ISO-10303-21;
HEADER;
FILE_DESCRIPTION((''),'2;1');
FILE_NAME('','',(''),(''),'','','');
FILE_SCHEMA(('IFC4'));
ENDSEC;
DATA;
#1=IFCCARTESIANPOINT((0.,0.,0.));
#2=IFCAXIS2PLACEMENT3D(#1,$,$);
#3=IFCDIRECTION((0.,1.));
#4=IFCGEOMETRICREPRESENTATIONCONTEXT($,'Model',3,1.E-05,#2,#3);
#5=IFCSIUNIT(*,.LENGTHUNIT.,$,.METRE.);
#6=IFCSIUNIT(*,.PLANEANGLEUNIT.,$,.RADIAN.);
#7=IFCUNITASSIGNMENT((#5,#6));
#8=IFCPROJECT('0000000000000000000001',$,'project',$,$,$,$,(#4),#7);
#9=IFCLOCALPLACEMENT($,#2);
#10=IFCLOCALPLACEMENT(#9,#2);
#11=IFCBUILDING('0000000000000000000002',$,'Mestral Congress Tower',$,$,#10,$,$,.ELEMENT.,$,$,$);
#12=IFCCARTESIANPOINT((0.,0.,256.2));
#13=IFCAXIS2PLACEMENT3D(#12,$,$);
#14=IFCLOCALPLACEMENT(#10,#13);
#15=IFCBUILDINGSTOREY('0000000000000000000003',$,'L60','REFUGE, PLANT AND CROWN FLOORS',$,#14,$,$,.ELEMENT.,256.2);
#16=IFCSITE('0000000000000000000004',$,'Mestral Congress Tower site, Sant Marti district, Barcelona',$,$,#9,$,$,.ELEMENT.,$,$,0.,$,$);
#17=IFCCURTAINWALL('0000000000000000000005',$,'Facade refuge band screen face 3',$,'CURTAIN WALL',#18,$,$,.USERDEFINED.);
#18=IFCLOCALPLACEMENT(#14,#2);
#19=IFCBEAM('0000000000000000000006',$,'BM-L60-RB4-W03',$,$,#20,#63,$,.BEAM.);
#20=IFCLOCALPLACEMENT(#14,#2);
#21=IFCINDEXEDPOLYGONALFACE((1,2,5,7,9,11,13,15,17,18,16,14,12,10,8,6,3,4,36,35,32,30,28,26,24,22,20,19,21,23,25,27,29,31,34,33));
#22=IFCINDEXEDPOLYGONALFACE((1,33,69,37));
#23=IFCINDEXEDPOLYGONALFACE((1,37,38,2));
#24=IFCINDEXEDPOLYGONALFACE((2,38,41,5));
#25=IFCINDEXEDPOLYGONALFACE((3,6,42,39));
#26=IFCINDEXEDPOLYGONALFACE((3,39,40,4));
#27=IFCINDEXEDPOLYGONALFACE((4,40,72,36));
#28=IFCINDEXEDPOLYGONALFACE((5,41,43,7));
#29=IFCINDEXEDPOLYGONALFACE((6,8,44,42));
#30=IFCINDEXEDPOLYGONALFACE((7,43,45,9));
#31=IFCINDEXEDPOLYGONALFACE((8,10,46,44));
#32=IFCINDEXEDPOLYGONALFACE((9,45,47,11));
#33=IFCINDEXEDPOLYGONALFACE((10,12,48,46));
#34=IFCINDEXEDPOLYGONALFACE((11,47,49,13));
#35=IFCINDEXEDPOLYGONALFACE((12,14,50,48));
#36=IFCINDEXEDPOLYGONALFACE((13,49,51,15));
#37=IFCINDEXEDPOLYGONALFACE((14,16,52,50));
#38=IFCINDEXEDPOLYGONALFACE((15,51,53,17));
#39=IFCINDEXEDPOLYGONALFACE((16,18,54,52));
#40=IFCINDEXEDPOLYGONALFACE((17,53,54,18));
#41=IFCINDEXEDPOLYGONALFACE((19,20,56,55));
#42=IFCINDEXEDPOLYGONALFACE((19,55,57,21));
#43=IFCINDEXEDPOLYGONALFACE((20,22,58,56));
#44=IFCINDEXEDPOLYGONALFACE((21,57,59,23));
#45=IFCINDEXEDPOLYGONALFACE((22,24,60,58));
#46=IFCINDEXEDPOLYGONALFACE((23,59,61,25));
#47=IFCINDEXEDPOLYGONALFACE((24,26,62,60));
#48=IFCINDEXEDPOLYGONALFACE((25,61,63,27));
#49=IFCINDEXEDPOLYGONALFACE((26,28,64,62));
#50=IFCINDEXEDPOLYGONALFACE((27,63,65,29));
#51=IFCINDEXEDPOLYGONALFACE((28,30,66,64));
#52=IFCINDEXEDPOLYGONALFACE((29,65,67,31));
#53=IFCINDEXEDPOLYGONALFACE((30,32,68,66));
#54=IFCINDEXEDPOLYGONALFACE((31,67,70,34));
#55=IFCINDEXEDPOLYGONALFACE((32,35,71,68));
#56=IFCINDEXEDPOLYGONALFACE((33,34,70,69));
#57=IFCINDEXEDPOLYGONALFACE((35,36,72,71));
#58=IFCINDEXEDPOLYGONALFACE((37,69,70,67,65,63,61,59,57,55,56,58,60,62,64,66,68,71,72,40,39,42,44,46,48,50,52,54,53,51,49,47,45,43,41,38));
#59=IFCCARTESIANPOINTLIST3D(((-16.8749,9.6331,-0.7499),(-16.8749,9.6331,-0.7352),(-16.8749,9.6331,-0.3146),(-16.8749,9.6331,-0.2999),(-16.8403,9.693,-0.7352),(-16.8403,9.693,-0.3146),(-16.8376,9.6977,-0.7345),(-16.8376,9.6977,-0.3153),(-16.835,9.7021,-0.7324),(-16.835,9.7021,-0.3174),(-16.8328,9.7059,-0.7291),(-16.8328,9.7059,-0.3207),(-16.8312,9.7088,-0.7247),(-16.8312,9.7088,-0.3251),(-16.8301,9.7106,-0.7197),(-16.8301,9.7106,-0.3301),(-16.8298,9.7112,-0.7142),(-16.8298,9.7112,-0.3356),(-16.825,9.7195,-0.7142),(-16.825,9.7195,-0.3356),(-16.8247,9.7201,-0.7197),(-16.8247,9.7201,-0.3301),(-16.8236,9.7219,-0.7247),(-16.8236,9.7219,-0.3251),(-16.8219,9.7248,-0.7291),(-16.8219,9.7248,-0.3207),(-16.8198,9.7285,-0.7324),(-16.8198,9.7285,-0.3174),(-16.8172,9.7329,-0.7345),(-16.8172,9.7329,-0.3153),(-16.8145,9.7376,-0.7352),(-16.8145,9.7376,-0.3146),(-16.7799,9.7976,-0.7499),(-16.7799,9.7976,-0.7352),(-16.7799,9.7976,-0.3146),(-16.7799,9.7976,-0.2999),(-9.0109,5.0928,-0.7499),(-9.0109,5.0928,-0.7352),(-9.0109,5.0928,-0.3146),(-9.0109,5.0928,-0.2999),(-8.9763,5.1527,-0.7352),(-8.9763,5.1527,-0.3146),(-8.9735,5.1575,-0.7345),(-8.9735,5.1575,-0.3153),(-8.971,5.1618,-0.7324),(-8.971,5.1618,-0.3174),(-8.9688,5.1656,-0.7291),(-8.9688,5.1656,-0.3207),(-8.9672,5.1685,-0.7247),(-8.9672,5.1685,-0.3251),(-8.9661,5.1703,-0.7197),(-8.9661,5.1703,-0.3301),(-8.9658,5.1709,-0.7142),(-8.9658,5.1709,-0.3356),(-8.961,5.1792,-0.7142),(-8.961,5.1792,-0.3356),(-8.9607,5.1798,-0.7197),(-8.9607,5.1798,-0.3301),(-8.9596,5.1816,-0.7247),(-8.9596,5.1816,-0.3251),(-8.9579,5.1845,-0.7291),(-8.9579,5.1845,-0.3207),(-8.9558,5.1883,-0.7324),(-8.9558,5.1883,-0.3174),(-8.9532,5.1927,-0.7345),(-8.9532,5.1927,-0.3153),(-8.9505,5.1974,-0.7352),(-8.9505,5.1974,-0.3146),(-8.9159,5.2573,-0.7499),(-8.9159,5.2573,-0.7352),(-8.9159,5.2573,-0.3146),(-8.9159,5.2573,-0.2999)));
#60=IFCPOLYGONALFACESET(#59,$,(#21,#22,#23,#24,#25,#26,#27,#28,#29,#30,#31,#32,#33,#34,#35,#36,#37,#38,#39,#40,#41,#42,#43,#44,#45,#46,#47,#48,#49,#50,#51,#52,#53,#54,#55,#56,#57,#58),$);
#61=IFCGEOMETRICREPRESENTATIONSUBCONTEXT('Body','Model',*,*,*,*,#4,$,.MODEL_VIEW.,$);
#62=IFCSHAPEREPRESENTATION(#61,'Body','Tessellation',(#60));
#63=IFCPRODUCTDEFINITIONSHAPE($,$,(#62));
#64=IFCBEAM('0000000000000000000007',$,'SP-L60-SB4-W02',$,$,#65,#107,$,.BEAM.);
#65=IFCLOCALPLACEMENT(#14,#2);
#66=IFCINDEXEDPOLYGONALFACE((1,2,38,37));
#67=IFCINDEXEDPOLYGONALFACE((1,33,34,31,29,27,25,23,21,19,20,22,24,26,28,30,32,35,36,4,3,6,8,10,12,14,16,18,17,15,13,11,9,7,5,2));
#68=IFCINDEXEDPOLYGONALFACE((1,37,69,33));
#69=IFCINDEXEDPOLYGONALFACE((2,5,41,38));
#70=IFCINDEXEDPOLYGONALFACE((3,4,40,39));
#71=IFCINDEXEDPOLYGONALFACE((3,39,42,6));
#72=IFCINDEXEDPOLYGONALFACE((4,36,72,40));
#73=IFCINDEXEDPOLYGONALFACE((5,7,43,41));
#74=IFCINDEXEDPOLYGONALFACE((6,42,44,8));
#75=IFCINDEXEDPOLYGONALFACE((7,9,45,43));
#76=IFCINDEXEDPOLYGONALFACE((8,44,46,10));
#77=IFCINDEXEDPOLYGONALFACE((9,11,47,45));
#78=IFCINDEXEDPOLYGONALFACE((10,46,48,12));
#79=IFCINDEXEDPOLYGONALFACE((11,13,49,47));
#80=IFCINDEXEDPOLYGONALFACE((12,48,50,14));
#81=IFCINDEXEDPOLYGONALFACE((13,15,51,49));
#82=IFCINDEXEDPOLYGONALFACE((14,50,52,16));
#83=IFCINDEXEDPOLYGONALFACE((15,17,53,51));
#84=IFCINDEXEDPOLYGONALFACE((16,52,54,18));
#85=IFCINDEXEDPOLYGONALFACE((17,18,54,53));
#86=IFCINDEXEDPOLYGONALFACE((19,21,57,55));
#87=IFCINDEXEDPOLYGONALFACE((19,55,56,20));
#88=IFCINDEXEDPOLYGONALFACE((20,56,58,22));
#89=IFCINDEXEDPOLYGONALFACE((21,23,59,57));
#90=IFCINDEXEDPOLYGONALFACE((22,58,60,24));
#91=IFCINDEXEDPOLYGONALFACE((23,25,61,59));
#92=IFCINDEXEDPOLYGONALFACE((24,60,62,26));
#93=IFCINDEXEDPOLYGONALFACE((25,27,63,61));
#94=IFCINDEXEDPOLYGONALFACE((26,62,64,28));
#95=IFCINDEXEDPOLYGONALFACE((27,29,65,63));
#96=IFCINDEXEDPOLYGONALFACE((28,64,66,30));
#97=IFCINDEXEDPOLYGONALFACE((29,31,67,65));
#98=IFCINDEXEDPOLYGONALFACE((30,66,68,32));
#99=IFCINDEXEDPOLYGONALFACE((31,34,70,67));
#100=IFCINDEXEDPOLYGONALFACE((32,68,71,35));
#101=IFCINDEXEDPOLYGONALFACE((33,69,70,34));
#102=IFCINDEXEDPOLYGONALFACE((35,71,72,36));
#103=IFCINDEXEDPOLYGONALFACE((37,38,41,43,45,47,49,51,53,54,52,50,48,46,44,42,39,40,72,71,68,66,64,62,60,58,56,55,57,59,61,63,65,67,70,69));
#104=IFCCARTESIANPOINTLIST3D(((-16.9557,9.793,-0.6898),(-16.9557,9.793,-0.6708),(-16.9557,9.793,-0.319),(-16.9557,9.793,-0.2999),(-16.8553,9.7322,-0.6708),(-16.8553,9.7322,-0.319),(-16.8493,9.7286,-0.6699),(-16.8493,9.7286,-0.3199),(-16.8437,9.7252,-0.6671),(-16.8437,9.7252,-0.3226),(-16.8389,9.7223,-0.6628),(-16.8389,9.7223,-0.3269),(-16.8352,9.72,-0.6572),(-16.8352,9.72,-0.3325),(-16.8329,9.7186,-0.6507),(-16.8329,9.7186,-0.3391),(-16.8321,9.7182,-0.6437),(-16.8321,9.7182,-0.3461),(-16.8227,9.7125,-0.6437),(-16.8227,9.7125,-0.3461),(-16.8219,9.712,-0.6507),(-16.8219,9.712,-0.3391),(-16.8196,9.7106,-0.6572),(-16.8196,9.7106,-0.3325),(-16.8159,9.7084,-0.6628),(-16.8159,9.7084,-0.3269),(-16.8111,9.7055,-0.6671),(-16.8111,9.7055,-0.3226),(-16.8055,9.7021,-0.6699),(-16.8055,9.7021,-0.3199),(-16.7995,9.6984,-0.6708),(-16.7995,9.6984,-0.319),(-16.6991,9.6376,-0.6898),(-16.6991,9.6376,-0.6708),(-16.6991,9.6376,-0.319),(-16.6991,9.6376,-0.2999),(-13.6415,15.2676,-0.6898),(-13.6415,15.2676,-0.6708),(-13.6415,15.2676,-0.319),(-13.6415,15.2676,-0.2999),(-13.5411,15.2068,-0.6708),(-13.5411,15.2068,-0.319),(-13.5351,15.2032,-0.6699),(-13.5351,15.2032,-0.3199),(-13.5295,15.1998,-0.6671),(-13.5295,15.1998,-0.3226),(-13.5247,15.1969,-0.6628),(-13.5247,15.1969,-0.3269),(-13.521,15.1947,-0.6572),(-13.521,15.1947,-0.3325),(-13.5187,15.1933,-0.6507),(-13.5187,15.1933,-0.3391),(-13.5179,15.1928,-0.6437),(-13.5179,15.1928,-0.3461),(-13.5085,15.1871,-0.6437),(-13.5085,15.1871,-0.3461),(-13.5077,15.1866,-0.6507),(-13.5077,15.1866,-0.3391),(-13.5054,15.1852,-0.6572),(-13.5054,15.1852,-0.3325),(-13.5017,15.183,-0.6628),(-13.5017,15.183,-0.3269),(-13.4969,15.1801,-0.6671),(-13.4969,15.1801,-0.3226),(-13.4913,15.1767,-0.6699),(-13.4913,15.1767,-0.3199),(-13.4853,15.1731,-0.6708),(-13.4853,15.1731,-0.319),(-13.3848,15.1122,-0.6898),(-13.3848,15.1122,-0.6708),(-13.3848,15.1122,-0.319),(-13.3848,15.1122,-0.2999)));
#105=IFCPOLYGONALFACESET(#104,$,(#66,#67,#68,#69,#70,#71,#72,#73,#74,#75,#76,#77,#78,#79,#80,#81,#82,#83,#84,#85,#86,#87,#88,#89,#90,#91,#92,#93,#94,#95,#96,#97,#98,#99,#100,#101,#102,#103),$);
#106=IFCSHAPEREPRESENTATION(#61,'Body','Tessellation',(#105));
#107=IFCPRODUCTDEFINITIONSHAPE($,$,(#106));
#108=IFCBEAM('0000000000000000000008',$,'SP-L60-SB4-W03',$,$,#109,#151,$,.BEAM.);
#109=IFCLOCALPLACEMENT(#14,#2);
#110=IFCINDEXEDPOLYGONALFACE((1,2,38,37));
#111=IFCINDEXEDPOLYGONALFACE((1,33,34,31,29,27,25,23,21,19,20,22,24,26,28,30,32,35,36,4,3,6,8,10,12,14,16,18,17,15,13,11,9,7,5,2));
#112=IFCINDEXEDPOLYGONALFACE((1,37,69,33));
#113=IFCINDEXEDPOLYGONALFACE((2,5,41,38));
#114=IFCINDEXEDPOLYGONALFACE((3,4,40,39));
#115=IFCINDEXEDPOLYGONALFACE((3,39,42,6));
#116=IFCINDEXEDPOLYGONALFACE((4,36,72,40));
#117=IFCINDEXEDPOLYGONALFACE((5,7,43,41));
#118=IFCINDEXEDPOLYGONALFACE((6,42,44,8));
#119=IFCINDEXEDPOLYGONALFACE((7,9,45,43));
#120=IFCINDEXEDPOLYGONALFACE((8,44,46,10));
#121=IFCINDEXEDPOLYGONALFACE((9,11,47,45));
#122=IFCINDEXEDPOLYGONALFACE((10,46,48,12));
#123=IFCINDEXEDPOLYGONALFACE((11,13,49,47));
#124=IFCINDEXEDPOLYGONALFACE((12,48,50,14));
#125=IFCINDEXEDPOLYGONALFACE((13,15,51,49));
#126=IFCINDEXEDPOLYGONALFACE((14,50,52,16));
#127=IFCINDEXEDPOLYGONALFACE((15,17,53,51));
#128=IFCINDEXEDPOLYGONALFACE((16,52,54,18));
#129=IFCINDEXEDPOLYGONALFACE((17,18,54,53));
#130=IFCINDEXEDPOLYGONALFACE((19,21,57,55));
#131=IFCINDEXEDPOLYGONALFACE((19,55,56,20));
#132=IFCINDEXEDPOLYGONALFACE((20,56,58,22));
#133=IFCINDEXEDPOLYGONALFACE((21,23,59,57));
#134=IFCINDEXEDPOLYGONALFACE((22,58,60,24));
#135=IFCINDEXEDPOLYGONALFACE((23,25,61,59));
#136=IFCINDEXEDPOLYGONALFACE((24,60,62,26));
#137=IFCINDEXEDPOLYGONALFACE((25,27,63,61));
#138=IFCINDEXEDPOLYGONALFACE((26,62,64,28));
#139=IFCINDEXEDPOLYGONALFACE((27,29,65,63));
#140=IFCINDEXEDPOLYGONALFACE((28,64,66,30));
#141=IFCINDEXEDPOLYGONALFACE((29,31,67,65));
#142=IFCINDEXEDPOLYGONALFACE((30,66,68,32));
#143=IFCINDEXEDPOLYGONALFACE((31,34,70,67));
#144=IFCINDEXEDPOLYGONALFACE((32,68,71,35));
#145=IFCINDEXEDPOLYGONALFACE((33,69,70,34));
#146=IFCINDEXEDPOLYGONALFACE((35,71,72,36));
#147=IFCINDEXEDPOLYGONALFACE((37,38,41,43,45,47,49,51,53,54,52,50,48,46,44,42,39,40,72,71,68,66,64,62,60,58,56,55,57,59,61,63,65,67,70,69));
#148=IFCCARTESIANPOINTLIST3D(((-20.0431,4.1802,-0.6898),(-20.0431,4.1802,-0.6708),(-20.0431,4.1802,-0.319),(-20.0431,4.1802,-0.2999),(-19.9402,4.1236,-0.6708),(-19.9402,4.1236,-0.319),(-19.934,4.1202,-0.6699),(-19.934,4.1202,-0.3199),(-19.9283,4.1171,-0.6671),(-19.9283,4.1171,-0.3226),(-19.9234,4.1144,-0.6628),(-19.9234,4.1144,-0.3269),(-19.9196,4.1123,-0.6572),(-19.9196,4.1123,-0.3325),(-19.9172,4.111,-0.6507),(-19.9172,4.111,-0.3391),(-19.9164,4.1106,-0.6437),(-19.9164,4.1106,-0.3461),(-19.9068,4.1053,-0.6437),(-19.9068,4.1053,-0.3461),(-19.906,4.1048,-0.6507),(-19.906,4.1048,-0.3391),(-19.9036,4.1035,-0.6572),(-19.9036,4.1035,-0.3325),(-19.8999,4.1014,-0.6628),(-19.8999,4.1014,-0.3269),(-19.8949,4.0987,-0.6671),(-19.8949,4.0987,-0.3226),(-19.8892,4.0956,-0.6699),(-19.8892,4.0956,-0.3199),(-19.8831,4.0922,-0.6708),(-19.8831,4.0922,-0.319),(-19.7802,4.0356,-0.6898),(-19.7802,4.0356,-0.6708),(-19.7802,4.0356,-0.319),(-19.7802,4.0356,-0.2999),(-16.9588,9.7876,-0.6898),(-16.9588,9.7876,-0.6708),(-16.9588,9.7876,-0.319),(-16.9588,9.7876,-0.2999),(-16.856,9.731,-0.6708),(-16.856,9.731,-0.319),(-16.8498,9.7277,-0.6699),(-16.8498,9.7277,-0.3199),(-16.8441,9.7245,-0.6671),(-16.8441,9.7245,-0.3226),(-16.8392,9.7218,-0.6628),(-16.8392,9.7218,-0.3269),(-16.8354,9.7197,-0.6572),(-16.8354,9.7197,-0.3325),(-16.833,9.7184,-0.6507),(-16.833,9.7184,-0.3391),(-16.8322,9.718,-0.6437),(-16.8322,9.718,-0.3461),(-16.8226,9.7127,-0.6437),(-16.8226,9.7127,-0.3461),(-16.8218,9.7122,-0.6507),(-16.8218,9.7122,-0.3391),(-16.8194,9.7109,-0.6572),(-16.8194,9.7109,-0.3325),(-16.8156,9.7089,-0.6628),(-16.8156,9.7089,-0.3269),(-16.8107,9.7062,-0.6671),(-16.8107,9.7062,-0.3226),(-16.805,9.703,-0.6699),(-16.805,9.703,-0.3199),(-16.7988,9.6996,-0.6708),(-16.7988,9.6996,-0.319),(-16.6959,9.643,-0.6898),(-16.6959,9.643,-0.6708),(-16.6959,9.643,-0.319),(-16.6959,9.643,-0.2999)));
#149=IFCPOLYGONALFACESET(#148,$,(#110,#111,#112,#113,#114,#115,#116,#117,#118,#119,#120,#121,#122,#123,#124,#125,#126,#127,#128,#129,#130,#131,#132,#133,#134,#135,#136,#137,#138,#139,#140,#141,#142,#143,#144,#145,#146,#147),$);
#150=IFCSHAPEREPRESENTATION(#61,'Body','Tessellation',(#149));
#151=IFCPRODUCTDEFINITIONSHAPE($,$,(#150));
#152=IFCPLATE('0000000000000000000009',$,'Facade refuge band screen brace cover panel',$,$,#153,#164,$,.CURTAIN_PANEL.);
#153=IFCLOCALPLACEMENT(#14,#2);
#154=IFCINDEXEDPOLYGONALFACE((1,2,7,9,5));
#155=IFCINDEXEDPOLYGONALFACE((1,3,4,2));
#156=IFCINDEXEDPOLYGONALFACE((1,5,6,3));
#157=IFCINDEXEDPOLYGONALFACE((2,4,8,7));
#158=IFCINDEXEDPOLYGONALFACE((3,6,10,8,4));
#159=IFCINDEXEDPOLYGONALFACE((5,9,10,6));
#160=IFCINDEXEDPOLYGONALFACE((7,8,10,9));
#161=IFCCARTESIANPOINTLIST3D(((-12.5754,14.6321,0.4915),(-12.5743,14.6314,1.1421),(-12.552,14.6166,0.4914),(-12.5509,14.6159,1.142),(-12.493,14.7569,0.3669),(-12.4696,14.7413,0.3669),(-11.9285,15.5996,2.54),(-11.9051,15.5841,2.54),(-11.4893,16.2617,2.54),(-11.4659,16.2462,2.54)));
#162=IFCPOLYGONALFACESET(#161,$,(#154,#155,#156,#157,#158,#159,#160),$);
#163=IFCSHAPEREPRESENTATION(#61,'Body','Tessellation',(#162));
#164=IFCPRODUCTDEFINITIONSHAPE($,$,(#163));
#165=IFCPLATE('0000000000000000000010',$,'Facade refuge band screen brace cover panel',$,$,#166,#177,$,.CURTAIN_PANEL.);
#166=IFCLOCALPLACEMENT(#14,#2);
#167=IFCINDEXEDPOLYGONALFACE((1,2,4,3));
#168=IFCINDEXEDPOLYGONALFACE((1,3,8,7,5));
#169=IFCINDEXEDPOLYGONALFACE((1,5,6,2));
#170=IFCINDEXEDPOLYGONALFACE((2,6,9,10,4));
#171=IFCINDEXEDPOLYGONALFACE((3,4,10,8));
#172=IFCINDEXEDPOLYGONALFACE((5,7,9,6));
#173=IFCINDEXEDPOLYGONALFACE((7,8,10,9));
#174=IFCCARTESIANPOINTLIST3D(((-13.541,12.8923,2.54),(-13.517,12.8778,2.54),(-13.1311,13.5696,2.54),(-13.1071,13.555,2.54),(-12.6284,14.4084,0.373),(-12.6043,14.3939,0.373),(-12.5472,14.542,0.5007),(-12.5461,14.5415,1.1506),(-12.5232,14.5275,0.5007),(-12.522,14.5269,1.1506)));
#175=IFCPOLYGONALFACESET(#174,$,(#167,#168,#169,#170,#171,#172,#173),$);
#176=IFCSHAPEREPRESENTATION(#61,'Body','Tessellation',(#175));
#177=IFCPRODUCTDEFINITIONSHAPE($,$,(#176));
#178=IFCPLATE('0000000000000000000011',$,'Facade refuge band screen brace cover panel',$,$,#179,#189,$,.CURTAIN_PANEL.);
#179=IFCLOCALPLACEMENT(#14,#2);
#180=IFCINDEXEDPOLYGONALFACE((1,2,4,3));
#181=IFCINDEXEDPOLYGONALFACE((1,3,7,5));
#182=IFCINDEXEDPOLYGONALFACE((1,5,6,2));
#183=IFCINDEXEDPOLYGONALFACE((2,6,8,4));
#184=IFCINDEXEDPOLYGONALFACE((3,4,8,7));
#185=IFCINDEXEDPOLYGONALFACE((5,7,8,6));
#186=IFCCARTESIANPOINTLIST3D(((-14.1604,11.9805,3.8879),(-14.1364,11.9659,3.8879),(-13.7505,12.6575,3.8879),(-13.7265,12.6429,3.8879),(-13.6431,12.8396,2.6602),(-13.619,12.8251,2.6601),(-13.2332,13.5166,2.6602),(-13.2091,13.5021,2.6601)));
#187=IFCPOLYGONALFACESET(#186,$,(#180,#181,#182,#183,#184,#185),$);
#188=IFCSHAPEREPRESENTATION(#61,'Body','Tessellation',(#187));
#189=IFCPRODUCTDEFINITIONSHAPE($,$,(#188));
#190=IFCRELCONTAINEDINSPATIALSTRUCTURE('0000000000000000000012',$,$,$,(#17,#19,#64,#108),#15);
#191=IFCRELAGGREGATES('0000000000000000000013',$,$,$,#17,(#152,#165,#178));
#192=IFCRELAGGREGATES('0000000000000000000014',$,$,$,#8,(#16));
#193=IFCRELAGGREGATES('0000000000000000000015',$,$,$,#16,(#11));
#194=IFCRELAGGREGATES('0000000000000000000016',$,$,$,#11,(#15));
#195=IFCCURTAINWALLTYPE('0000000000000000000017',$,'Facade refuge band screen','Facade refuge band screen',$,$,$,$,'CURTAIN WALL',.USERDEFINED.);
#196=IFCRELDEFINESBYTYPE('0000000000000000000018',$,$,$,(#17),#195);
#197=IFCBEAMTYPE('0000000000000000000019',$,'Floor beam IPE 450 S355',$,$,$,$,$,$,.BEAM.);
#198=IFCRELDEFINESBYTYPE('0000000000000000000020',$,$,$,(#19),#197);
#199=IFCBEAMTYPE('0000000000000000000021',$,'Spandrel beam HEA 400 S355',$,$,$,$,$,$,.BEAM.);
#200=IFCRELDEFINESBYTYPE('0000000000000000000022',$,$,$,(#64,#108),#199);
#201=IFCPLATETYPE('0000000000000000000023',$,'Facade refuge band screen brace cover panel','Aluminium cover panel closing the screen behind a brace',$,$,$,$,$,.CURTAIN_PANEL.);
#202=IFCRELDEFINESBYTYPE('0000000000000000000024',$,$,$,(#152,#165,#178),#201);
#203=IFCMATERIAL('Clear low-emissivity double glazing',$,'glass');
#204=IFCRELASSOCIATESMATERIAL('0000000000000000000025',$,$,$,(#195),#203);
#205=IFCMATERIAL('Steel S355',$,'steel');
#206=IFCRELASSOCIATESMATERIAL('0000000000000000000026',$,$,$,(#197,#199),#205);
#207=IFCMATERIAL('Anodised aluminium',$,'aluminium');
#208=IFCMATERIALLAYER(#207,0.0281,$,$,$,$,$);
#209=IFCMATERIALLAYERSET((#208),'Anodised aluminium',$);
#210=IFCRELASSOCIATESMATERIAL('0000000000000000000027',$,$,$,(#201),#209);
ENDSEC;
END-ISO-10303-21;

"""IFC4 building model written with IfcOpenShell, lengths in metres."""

from ifc_helpers import new_model, si_unit, direction, frame, origin, origin_2d, place, context, subcontext, project, spatial, polyline, i_section, outline, extrude, material, layer, layer_set, material_profile, profile_set, type_object, element, aggregate, save


model = new_model("IFC4")

# Units and contexts
model_context = context("Model", 3, precision=1e-05, world=origin(), true_north=direction((0.0, 1.0)))
body_context = subcontext(model_context, "Body", "Model", "MODEL_VIEW")
ifc_project = project(units=[si_unit("LENGTHUNIT", "METRE"), si_unit("PLANEANGLEUNIT", "RADIAN")], contexts=[model_context])

# Site, building, storey
site_placement = place(None, origin())
site = spatial("IfcSite", under=ifc_project, at=site_placement, Name="Mestral Congress Tower site, Sant Marti district, Barcelona", CompositionType="ELEMENT", RefElevation=0.0)
building_placement = place(site_placement, origin())
building = spatial("IfcBuilding", under=site, at=building_placement, Name="Mestral Congress Tower", CompositionType="ELEMENT")
storey_placement = place(building_placement, frame((0.0, 0.0, 256.2)))
storey = spatial("IfcBuildingStorey", under=building, at=storey_placement, Name="L60", Description="REFUGE, PLANT AND CROWN FLOORS", CompositionType="ELEMENT", Elevation=256.2)

# Shared definitions
ifc_material_1 = material(Name="Steel S355", Category="steel")

# Curtain wall
ifc_material_2 = material(Name="Clear low-emissivity double glazing", Category="glass")
curtain_wall_type = type_object("IfcCurtainWallType", Name="Facade refuge band screen", Description="Facade refuge band screen", ElementType="CURTAIN WALL", PredefinedType="USERDEFINED", material=ifc_material_2)
curtain_wall_placement = place(storey_placement, origin())
curtain_wall = element("IfcCurtainWall", 1, at=curtain_wall_placement, inside=storey, type_object=curtain_wall_type, Name="Facade refuge band screen face 3", ObjectType="CURTAIN WALL", PredefinedType="USERDEFINED")
ifc_material_3 = material(Name="Anodised aluminium", Category="aluminium")

# Beams
ifc_material_profile_1 = material_profile(ifc_material_1, i_section(OverallWidth=0.1899, OverallDepth=0.45, WebThickness=0.0095, FlangeThickness=0.0146, FilletRadius=0.021, at=origin_2d()), Name="IPE 450")
ifc_profile_set_1 = profile_set([ifc_material_profile_1], Name="Steel S355")
beam_type_1 = type_object("IfcBeamType", Name="Floor beam IPE 450 S355", PredefinedType="BEAM", material=ifc_profile_set_1)
beam_1_placement = place(storey_placement, frame((-16.8274, 9.7153, -0.5249), z_axis=(0.866026, -0.499999, 0.0), x_axis=(0.499999, 0.866026, 0.0)))
element("IfcBeam", 2, at=beam_1_placement, inside=storey, type_object=beam_type_1, Name="BM-L60-RB4-W03", PredefinedType="BEAM", context=body_context, shape_type="SweptSolid", body=[
    extrude(i_section(OverallWidth=0.1899, OverallDepth=0.45, WebThickness=0.0095, FlangeThickness=0.0146, FilletRadius=0.021, at=origin_2d()), origin(), (0.0, 0.0, 1.0), 9.0806),
])
ifc_material_profile_2 = material_profile(ifc_material_1, i_section(OverallWidth=0.3, OverallDepth=0.3899, WebThickness=0.011, FlangeThickness=0.019, FilletRadius=0.0271, at=origin_2d()), Name="HEA 400")
ifc_profile_set_2 = profile_set([ifc_material_profile_2], Name="Steel S355")
beam_type_2 = type_object("IfcBeamType", Name="Spandrel beam HEA 400 S355", PredefinedType="BEAM", material=ifc_profile_set_2)
for number, where, z_axis, x_axis, name in (
    (3, (-13.5132, 15.1899, -0.4949), (-0.517875, -0.855456, 0.0), (0.855456, -0.517875, 0.0), "SP-L60-SB4-W02"),
    (4, (-16.8274, 9.7153, -0.4949), (-0.481936, -0.876206, 0.0), (0.876206, -0.481936, 0.0), "SP-L60-SB4-W03"),
):
    element("IfcBeam", number, at=place(storey_placement, frame(where, z_axis=z_axis, x_axis=x_axis)), inside=storey, type_object=beam_type_2, Name=name, PredefinedType="BEAM", context=body_context, shape_type="SweptSolid", body=[
        extrude(i_section(OverallWidth=0.3, OverallDepth=0.3899, WebThickness=0.011, FlangeThickness=0.019, FilletRadius=0.0271, at=origin_2d()), origin(), (0.0, 0.0, 1.0), 6.3997),
    ])

# Plates
ifc_layer_1 = layer(ifc_material_3, 0.0281)
ifc_layer_set_1 = layer_set([ifc_layer_1], Name="Anodised aluminium")
plate_type_1 = type_object("IfcPlateType", Name="Facade refuge band screen brace cover panel", Description="Aluminium cover panel closing the screen behind a brace", PredefinedType="CURTAIN_PANEL", material=ifc_layer_set_1)
plate_1_placement = place(storey_placement, frame((-12.5754, 14.6321, 0.4915), z_axis=(-0.833319, 0.552788, 0.00208), x_axis=(0.423746, 0.641197, -0.63977)))
plate_1 = element("IfcPlate", 5, at=plate_1_placement, type_object=plate_type_1, Name="Facade refuge band screen brace cover panel", PredefinedType="CURTAIN_PANEL", context=body_context, shape_type="SweptSolid", body=[
    extrude(outline(polyline([(0.0, 0.0), (0.1946, 0.0), (0.1946, -2.8274), (-0.4161, -2.3191), (-0.4162, -0.5001), (0.0, 0.0)])), origin(), (0.0, 0.0, -1.0), 0.0281),
])
plate_2_placement = place(storey_placement, frame((-13.541, 12.8923, 2.54), z_axis=(-0.8555, 0.517799, 0.001962), x_axis=(0.326211, 0.541897, -0.774554)))
plate_2 = element("IfcPlate", 6, at=plate_2_placement, type_object=plate_type_1, Name="Facade refuge band screen brace cover panel", PredefinedType="CURTAIN_PANEL", context=body_context, shape_type="SweptSolid", body=[
    extrude(outline(polyline([(0.0, 0.0), (2.7977, 0.0), (2.7977, -0.2019), (2.2944, -0.613), (0.5007, -0.6132), (0.0, 0.0)])), origin(), (0.0, 0.0, -1.0), 0.0281),
])
plate_3_placement = place(storey_placement, frame((-13.2332, 13.5166, 2.6602), z_axis=(-0.855416, 0.517938, 0.001988), x_axis=(-0.326331, -0.541934, 0.774478)))
plate_3 = element("IfcPlate", 7, at=plate_3_placement, type_object=plate_type_1, Name="Facade refuge band screen brace cover panel", PredefinedType="CURTAIN_PANEL", context=body_context, shape_type="SweptSolid", body=[
    extrude(outline(polyline([(0.0, 0.0), (1.5853, 0.0), (2.086, -0.6129), (0.5007, -0.6129), (0.0, 0.0)])), origin(), (0.0, 0.0, -1.0), 0.0281),
])

aggregate(curtain_wall, [plate_1, plate_2, plate_3])

save(model, "model.ifc")
